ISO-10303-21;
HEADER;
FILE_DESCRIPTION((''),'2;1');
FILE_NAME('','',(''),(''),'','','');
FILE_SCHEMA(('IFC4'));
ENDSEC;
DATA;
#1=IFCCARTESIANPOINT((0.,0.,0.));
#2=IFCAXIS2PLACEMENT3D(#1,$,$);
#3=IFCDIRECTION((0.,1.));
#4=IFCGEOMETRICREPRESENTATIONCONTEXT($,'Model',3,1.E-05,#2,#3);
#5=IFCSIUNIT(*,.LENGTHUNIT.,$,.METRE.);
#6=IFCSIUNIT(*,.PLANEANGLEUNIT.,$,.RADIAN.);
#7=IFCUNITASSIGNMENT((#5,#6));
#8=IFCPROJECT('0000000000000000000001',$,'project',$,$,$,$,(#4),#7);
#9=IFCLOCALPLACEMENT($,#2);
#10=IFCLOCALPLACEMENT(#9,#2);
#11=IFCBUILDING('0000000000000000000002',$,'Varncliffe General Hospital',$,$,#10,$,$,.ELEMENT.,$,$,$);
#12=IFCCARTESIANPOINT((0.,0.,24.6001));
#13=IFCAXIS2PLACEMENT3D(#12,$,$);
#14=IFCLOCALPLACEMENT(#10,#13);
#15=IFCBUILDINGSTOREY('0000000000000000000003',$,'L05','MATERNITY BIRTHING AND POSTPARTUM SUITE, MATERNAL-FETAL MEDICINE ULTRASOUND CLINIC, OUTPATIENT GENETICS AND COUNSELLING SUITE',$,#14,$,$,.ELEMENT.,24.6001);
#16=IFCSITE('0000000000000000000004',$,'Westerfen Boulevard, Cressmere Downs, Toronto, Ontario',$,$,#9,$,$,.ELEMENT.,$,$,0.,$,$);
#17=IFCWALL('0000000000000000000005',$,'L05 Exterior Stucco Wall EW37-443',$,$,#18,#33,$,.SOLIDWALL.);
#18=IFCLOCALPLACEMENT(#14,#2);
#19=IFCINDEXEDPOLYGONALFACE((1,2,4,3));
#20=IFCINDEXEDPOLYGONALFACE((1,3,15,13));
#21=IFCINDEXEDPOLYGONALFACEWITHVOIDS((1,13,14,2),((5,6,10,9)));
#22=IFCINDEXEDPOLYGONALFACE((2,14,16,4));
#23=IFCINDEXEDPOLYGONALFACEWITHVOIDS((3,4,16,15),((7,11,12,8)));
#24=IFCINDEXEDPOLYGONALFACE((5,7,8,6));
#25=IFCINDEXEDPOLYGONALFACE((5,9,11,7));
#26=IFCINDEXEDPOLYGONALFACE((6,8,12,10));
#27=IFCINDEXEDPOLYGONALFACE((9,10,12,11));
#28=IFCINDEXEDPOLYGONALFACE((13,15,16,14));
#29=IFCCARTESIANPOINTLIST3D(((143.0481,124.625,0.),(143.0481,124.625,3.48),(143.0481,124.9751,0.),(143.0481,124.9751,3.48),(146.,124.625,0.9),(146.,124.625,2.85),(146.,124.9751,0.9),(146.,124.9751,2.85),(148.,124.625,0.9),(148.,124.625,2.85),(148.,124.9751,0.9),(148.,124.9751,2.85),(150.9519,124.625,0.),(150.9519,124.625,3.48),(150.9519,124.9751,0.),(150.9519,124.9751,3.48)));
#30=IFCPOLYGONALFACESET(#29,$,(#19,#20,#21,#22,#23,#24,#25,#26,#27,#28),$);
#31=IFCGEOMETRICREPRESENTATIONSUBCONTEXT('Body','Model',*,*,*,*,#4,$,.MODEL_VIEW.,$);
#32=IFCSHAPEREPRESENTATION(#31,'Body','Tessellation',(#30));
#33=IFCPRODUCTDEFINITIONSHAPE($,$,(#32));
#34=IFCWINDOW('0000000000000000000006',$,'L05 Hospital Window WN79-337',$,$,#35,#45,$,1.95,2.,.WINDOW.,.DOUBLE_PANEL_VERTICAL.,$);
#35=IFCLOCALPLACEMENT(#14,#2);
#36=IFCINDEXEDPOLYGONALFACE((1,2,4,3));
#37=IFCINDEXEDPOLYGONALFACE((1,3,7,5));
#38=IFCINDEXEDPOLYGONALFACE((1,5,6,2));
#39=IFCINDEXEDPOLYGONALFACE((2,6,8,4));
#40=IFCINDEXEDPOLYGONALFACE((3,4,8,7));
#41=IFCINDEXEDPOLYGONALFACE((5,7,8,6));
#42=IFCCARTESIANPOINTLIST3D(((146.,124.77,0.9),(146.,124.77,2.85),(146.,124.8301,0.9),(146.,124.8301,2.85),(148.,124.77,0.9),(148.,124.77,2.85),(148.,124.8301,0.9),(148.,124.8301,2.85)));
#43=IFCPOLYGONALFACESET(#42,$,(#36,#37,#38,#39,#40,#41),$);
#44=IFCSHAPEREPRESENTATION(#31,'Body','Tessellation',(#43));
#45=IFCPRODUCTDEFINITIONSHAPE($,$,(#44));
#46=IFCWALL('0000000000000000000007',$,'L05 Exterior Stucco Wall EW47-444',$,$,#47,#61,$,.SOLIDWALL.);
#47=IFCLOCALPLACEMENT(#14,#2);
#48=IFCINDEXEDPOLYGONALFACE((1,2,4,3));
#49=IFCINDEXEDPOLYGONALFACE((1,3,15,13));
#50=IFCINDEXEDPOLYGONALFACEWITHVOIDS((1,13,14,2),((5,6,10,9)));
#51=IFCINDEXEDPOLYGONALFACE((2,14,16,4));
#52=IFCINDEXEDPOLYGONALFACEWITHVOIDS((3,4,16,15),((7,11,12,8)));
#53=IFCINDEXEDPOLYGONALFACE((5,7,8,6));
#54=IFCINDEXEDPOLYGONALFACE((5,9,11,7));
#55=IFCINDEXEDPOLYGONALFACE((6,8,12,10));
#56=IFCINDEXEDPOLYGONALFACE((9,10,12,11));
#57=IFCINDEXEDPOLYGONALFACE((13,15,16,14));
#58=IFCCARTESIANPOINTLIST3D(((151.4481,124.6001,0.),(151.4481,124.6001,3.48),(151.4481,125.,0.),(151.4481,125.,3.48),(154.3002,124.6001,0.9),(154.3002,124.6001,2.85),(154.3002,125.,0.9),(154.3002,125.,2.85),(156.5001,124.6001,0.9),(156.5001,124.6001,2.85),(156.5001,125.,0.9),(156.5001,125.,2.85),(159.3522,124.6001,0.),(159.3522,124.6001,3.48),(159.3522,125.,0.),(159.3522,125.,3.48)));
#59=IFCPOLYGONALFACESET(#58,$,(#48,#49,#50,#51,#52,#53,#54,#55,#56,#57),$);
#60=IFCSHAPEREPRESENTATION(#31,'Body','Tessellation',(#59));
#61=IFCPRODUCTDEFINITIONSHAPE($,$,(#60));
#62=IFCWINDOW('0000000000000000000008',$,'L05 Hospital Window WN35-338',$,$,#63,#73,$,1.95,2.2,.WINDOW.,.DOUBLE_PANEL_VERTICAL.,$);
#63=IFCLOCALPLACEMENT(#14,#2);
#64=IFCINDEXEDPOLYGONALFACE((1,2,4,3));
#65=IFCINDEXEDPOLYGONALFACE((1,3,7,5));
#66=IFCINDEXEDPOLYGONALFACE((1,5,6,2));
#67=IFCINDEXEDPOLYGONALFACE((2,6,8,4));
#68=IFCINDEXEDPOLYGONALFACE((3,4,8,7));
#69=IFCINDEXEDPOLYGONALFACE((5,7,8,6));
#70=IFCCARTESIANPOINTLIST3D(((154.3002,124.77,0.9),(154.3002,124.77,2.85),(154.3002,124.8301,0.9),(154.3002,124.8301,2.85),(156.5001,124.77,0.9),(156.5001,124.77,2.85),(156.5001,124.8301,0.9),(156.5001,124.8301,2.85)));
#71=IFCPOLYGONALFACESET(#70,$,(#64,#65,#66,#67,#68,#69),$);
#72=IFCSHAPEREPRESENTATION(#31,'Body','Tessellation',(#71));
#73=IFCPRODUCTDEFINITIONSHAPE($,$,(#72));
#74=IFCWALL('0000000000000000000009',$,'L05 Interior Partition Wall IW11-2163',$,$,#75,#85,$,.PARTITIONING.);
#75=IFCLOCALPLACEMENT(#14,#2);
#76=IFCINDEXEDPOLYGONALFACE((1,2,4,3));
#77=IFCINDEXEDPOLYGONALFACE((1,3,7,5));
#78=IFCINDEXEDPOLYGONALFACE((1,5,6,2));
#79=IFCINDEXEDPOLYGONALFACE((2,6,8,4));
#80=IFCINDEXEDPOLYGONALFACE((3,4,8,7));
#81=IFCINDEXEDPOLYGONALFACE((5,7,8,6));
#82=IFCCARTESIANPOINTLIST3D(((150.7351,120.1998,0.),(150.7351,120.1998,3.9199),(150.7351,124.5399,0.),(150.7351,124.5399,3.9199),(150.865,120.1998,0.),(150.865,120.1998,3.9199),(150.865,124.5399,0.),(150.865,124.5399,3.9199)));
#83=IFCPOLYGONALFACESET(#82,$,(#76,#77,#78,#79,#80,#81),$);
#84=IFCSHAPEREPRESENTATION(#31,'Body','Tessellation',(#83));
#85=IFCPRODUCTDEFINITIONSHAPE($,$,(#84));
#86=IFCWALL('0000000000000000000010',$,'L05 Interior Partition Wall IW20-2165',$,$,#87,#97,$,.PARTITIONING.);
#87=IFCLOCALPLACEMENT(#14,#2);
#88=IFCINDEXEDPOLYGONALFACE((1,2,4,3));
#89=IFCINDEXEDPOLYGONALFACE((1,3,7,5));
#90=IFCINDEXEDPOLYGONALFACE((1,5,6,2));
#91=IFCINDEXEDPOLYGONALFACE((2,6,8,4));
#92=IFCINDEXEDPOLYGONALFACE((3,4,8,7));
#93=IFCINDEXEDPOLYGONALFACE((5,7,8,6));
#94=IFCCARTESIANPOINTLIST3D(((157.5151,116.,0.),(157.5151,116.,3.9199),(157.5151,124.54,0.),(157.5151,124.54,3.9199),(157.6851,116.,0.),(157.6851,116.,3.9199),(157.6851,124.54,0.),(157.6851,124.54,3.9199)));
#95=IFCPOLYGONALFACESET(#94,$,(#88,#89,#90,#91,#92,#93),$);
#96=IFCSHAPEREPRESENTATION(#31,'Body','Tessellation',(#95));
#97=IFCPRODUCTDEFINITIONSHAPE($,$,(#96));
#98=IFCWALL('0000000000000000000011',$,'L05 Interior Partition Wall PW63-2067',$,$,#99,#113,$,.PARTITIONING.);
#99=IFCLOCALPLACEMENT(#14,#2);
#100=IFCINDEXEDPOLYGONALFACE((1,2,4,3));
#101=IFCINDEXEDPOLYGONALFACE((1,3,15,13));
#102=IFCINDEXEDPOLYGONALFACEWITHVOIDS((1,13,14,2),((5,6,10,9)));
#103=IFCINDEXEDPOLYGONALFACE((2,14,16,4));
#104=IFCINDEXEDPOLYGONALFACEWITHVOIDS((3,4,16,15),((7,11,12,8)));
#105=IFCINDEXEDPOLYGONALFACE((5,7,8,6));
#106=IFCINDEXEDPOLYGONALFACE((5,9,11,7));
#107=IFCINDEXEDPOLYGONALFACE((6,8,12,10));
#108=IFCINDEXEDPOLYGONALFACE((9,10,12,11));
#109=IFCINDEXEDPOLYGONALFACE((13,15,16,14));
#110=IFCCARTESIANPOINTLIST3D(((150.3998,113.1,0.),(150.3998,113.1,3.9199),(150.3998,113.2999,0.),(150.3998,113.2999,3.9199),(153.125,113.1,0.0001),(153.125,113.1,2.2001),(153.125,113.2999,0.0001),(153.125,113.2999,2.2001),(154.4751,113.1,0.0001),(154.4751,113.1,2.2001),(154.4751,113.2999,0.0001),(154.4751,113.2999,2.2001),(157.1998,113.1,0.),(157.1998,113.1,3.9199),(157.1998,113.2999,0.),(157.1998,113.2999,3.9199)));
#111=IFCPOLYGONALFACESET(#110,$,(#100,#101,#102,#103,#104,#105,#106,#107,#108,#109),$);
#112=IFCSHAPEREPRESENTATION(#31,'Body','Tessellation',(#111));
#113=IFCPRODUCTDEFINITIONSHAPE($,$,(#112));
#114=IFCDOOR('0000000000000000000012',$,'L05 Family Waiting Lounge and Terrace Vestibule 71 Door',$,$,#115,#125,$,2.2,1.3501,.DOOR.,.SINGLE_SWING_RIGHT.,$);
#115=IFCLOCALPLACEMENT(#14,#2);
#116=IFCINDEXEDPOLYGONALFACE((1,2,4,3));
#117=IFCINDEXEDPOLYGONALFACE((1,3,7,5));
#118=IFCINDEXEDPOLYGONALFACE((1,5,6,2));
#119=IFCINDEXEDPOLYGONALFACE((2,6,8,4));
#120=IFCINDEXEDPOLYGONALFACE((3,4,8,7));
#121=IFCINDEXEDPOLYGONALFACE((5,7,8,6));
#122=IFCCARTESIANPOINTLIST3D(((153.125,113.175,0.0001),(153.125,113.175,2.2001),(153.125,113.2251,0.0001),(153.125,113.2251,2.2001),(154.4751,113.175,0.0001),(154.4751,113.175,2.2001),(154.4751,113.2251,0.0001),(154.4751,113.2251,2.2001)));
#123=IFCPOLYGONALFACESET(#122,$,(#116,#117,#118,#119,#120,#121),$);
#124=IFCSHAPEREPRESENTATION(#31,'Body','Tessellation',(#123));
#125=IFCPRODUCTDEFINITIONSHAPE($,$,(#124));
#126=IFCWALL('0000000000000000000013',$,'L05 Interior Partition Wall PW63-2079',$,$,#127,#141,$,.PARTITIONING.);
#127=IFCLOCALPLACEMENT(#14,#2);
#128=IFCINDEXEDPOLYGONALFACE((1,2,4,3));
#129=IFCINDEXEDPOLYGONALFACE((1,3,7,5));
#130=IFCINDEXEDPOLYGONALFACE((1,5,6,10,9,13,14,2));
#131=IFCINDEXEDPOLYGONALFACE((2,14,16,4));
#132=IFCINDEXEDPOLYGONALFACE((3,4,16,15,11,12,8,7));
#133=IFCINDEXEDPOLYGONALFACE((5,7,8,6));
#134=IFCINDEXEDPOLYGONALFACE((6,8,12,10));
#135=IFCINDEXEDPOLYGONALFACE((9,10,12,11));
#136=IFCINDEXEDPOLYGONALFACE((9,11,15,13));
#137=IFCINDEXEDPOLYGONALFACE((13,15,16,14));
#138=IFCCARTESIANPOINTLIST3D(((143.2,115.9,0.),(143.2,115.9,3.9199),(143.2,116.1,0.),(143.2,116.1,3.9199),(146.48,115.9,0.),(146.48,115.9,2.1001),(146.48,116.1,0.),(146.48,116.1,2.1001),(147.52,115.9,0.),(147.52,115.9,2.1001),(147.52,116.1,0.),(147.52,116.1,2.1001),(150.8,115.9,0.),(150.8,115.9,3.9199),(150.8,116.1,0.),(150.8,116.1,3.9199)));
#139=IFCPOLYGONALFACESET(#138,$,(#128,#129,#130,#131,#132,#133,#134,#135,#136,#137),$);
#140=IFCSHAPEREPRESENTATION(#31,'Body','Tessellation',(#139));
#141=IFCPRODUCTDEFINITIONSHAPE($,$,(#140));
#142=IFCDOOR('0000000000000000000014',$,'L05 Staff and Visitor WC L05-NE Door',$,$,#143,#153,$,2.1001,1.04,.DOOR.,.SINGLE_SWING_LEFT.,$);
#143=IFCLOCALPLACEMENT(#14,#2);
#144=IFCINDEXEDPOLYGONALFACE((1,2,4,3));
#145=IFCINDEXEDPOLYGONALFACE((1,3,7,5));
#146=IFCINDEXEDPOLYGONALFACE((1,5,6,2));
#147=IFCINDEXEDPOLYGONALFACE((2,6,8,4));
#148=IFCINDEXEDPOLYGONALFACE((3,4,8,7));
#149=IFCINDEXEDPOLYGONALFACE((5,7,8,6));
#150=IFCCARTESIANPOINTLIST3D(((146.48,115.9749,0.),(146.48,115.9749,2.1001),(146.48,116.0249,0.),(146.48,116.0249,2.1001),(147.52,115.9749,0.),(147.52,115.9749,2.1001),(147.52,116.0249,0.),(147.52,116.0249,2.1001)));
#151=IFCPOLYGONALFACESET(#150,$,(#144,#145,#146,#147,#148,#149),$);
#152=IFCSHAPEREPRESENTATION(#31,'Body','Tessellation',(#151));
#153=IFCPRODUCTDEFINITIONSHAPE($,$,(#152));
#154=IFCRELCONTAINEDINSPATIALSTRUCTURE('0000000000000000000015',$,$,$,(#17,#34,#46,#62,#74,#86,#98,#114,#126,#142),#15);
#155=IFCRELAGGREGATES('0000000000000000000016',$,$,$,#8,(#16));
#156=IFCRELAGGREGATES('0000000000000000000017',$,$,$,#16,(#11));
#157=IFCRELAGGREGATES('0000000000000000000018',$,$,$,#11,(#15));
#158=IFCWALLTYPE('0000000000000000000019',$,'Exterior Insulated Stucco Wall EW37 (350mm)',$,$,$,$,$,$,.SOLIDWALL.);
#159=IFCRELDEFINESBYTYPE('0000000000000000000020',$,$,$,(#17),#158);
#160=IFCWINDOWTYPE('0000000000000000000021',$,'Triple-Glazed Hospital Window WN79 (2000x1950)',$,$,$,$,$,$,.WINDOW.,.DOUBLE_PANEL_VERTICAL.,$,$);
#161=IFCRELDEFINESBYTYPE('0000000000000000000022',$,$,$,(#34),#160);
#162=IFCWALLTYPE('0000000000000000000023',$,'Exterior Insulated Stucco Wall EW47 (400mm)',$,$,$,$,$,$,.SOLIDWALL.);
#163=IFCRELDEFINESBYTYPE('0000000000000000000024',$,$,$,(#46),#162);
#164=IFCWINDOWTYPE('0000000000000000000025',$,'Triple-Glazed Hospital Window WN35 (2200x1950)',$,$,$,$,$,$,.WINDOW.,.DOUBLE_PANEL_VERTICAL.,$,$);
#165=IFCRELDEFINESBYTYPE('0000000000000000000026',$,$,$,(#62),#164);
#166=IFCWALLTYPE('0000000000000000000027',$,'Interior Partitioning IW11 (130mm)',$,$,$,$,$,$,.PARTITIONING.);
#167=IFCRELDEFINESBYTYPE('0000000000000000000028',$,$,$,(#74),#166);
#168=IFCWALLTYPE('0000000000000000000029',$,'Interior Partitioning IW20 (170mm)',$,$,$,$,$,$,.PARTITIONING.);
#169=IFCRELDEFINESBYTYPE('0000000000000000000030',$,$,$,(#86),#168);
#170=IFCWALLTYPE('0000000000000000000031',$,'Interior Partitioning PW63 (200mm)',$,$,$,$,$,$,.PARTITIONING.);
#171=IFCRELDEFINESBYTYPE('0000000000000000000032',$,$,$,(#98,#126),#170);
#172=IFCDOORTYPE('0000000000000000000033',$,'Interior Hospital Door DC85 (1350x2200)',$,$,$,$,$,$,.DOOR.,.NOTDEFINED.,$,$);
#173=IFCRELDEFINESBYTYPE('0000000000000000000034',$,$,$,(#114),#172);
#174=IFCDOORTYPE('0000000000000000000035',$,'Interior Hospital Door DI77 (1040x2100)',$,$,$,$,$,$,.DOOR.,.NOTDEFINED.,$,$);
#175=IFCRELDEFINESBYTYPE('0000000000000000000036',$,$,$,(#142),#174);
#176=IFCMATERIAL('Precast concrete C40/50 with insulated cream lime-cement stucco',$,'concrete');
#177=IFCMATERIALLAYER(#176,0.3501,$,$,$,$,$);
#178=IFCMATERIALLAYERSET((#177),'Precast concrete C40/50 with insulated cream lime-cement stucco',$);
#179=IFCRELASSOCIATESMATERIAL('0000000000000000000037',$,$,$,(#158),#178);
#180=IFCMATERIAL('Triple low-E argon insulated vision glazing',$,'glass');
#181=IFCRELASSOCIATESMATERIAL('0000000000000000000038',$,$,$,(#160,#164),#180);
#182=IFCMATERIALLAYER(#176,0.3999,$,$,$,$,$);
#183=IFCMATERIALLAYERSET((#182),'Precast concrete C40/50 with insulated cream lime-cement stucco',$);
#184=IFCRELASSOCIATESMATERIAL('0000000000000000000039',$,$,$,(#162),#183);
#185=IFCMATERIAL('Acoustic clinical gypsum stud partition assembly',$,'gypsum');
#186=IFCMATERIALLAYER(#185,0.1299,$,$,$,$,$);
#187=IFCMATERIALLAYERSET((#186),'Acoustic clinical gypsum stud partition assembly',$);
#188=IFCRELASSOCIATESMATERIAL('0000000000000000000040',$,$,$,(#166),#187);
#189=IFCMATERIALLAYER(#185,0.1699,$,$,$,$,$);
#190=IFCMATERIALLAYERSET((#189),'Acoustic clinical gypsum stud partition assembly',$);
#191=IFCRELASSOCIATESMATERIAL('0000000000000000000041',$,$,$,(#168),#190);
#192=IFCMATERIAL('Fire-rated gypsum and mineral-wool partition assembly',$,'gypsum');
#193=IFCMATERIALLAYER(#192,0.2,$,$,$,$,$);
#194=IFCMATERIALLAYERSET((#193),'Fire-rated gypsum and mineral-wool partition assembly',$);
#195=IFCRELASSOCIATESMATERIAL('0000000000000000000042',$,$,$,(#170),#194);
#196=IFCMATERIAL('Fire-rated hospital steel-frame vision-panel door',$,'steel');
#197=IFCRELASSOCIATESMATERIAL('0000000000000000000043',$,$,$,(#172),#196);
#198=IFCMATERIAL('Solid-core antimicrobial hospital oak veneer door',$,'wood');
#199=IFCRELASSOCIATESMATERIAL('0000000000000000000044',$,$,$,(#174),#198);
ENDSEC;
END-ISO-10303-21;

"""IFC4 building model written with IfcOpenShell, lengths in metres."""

from ifc_helpers import new_model, si_unit, direction, frame, frame_2d, origin, place, context, subcontext, project, spatial, rectangle, extrude, material, layer, layer_set, type_object, element, fill, save


model = new_model("IFC4")

# Units and contexts
model_context = context("Model", 3, precision=1e-05, world=origin(), true_north=direction((0.0, 1.0)))
body_context = subcontext(model_context, "Body", "Model", "MODEL_VIEW")
ifc_project = project(units=[si_unit("LENGTHUNIT", "METRE"), si_unit("PLANEANGLEUNIT", "RADIAN")], contexts=[model_context])

# Site, building, storey
site_placement = place(None, origin())
site = spatial("IfcSite", under=ifc_project, at=site_placement, Name="Westerfen Boulevard, Cressmere Downs, Toronto, Ontario", CompositionType="ELEMENT", RefElevation=0.0)
building_placement = place(site_placement, origin())
building = spatial("IfcBuilding", under=site, at=building_placement, Name="Varncliffe General Hospital", CompositionType="ELEMENT")
storey_placement = place(building_placement, frame((0.0, 0.0, 24.6001)))
storey = spatial("IfcBuildingStorey", under=building, at=storey_placement, Name="L05", Description="MATERNITY BIRTHING AND POSTPARTUM SUITE, MATERNAL-FETAL MEDICINE ULTRASOUND CLINIC, OUTPATIENT GENETICS AND COUNSELLING SUITE", CompositionType="ELEMENT", Elevation=24.6001)

# Walls, openings, windows
ifc_material_1 = material(Name="Precast concrete C40/50 with insulated cream lime-cement stucco", Category="concrete")
ifc_layer_1 = layer(ifc_material_1, 0.3501)
ifc_layer_set_1 = layer_set([ifc_layer_1], Name="Precast concrete C40/50 with insulated cream lime-cement stucco")
wall_type_1 = type_object("IfcWallType", Name="Exterior Insulated Stucco Wall EW37 (350mm)", PredefinedType="SOLIDWALL", material=ifc_layer_set_1)
wall_1_placement = place(storey_placement, frame((143.0481, 124.8, 0.0), z_axis=(0.0, 0.0, 1.0), x_axis=(1.0, 0.0, 0.0)))
wall_1 = element("IfcWall", 1, at=wall_1_placement, inside=storey, type_object=wall_type_1, Name="L05 Exterior Stucco Wall EW37-443", PredefinedType="SOLIDWALL", context=body_context, shape_type="SweptSolid", body=[
    extrude(rectangle(XDim=7.9038, YDim=0.3501, at=frame_2d((3.9519, 0.0))), origin(), (0.0, 0.0, 1.0), 3.48),
])
opening_1_placement = place(wall_1_placement, frame((2.9519, 0.0, 0.8999)))
opening_1 = element("IfcOpeningElement", 2, at=opening_1_placement, cuts=wall_1, PredefinedType="OPENING", context=body_context, shape_type="SweptSolid", body=[
    extrude(rectangle(XDim=2.0, YDim=1.95, at=frame_2d((1.0, 0.9751))), frame((0.0, 0.1851, 0.0), z_axis=(0.0, -1.0, 0.0), x_axis=(1.0, 0.0, 0.0)), (0.0, 0.0, 1.0), 0.3701),
])
ifc_material_2 = material(Name="Triple low-E argon insulated vision glazing", Category="glass")
window_type_1 = type_object("IfcWindowType", Name="Triple-Glazed Hospital Window WN79 (2000x1950)", PartitioningType="DOUBLE_PANEL_VERTICAL", PredefinedType="WINDOW", material=ifc_material_2)
window_1_placement = place(opening_1_placement, origin())
window_1 = element("IfcWindow", 3, at=window_1_placement, inside=storey, type_object=window_type_1, Name="L05 Hospital Window WN79-337", OverallHeight=1.95, OverallWidth=2.0, PartitioningType="DOUBLE_PANEL_VERTICAL", PredefinedType="WINDOW", context=body_context, shape_type="SweptSolid", body=[
    extrude(rectangle(XDim=2.0, YDim=1.95, at=frame_2d((1.0, 0.9751))), frame((0.0, 0.03, 0.0), z_axis=(0.0, -1.0, 0.0), x_axis=(1.0, 0.0, 0.0)), (0.0, 0.0, 1.0), 0.0601),
])
fill(opening_1, window_1)
ifc_layer_2 = layer(ifc_material_1, 0.3999)
ifc_layer_set_2 = layer_set([ifc_layer_2], Name="Precast concrete C40/50 with insulated cream lime-cement stucco")
wall_type_2 = type_object("IfcWallType", Name="Exterior Insulated Stucco Wall EW47 (400mm)", PredefinedType="SOLIDWALL", material=ifc_layer_set_2)
wall_2_placement = place(storey_placement, frame((151.448, 124.8, 0.0), z_axis=(0.0, 0.0, 1.0), x_axis=(1.0, 0.0, 0.0)))
wall_2 = element("IfcWall", 4, at=wall_2_placement, inside=storey, type_object=wall_type_2, Name="L05 Exterior Stucco Wall EW47-444", PredefinedType="SOLIDWALL", context=body_context, shape_type="SweptSolid", body=[
    extrude(rectangle(XDim=7.9041, YDim=0.3999, at=frame_2d((3.9521, 0.0))), origin(), (0.0, 0.0, 1.0), 3.48),
])
opening_2_placement = place(wall_2_placement, frame((2.8521, 0.0, 0.8999)))
opening_2 = element("IfcOpeningElement", 5, at=opening_2_placement, cuts=wall_2, PredefinedType="OPENING", context=body_context, shape_type="SweptSolid", body=[
    extrude(rectangle(XDim=2.2, YDim=1.95, at=frame_2d((1.1001, 0.9751))), frame((0.0, 0.21, 0.0), z_axis=(0.0, -1.0, 0.0), x_axis=(1.0, 0.0, 0.0)), (0.0, 0.0, 1.0), 0.4199),
])
window_type_2 = type_object("IfcWindowType", Name="Triple-Glazed Hospital Window WN35 (2200x1950)", PartitioningType="DOUBLE_PANEL_VERTICAL", PredefinedType="WINDOW", material=ifc_material_2)
window_2_placement = place(opening_2_placement, origin())
window_2 = element("IfcWindow", 6, at=window_2_placement, inside=storey, type_object=window_type_2, Name="L05 Hospital Window WN35-338", OverallHeight=1.95, OverallWidth=2.2, PartitioningType="DOUBLE_PANEL_VERTICAL", PredefinedType="WINDOW", context=body_context, shape_type="SweptSolid", body=[
    extrude(rectangle(XDim=2.2, YDim=1.95, at=frame_2d((1.1001, 0.9751))), frame((0.0, 0.03, 0.0), z_axis=(0.0, -1.0, 0.0), x_axis=(1.0, 0.0, 0.0)), (0.0, 0.0, 1.0), 0.0601),
])
fill(opening_2, window_2)

# Walls
ifc_material_3 = material(Name="Acoustic clinical gypsum stud partition assembly", Category="gypsum")
ifc_layer_3 = layer(ifc_material_3, 0.1299)
ifc_layer_set_3 = layer_set([ifc_layer_3], Name="Acoustic clinical gypsum stud partition assembly")
wall_type_3 = type_object("IfcWallType", Name="Interior Partitioning IW11 (130mm)", PredefinedType="PARTITIONING", material=ifc_layer_set_3)
wall_3_placement = place(storey_placement, frame((150.8, 120.2, 0.0), z_axis=(0.0, 0.0, 1.0), x_axis=(0.0, 1.0, 0.0)))
element("IfcWall", 7, at=wall_3_placement, inside=storey, type_object=wall_type_3, Name="L05 Interior Partition Wall IW11-2163", PredefinedType="PARTITIONING", context=body_context, shape_type="SweptSolid", body=[
    extrude(rectangle(XDim=4.3401, YDim=0.1299, at=frame_2d((2.1699, 0.0))), origin(), (0.0, 0.0, 1.0), 3.9199),
])
ifc_layer_4 = layer(ifc_material_3, 0.1699)
ifc_layer_set_4 = layer_set([ifc_layer_4], Name="Acoustic clinical gypsum stud partition assembly")
wall_type_4 = type_object("IfcWallType", Name="Interior Partitioning IW20 (170mm)", PredefinedType="PARTITIONING", material=ifc_layer_set_4)
wall_4_placement = place(storey_placement, frame((157.6001, 116.0, 0.0), z_axis=(0.0, 0.0, 1.0), x_axis=(0.0, 1.0, 0.0)))
element("IfcWall", 8, at=wall_4_placement, inside=storey, type_object=wall_type_4, Name="L05 Interior Partition Wall IW20-2165", PredefinedType="PARTITIONING", context=body_context, shape_type="SweptSolid", body=[
    extrude(rectangle(XDim=8.54, YDim=0.1699, at=frame_2d((4.27, 0.0))), origin(), (0.0, 0.0, 1.0), 3.9199),
])

# Walls, openings, doors
ifc_material_4 = material(Name="Fire-rated gypsum and mineral-wool partition assembly", Category="gypsum")
ifc_layer_5 = layer(ifc_material_4, 0.2)
ifc_layer_set_5 = layer_set([ifc_layer_5], Name="Fire-rated gypsum and mineral-wool partition assembly")
wall_type_5 = type_object("IfcWallType", Name="Interior Partitioning PW63 (200mm)", PredefinedType="PARTITIONING", material=ifc_layer_set_5)
wall_5_placement = place(storey_placement, frame((150.3999, 113.2, 0.0), z_axis=(0.0, 0.0, 1.0), x_axis=(1.0, 0.0, 0.0)))
wall_5 = element("IfcWall", 9, at=wall_5_placement, inside=storey, type_object=wall_type_5, Name="L05 Interior Partition Wall PW63-2067", PredefinedType="PARTITIONING", context=body_context, shape_type="SweptSolid", body=[
    extrude(rectangle(XDim=6.8, YDim=0.2, at=frame_2d((3.3999, 0.0))), origin(), (0.0, 0.0, 1.0), 3.9199),
])
opening_3_placement = place(wall_5_placement, frame((2.7251, 0.0, 0.0)))
opening_3 = element("IfcOpeningElement", 10, at=opening_3_placement, cuts=wall_5, PredefinedType="OPENING", context=body_context, shape_type="SweptSolid", body=[
    extrude(rectangle(XDim=1.3501, YDim=2.2, at=frame_2d((0.675, 1.1001))), frame((0.0, 0.1099, 0.0), z_axis=(0.0, -1.0, 0.0), x_axis=(1.0, 0.0, 0.0)), (0.0, 0.0, 1.0), 0.22),
])
ifc_material_5 = material(Name="Fire-rated hospital steel-frame vision-panel door", Category="steel")
door_type_1 = type_object("IfcDoorType", Name="Interior Hospital Door DC85 (1350x2200)", OperationType="NOTDEFINED", PredefinedType="DOOR", material=ifc_material_5)
door_1_placement = place(opening_3_placement, frame((1.3501, 0.0, 0.0), z_axis=(0.0, 0.0, 1.0), x_axis=(-1.0, 0.0, 0.0)))
door_1 = element("IfcDoor", 11, at=door_1_placement, inside=storey, type_object=door_type_1, Name="L05 Family Waiting Lounge and Terrace Vestibule 71 Door", OperationType="SINGLE_SWING_RIGHT", OverallHeight=2.2, OverallWidth=1.3501, PredefinedType="DOOR", context=body_context, shape_type="SweptSolid", body=[
    extrude(rectangle(XDim=1.3501, YDim=2.2, at=frame_2d((0.675, 1.1001))), frame((0.0, 0.0249, 0.0), z_axis=(0.0, -1.0, 0.0), x_axis=(1.0, 0.0, 0.0)), (0.0, 0.0, 1.0), 0.05),
])
fill(opening_3, door_1)
wall_6_placement = place(storey_placement, frame((143.2, 116.0, 0.0), z_axis=(0.0, 0.0, 1.0), x_axis=(1.0, 0.0, 0.0)))
wall_6 = element("IfcWall", 12, at=wall_6_placement, inside=storey, type_object=wall_type_5, Name="L05 Interior Partition Wall PW63-2079", PredefinedType="PARTITIONING", context=body_context, shape_type="SweptSolid", body=[
    extrude(rectangle(XDim=7.6001, YDim=0.2, at=frame_2d((3.8, 0.0))), origin(), (0.0, 0.0, 1.0), 3.9199),
])
opening_4_placement = place(wall_6_placement, frame((3.28, 0.0, 0.0)))
opening_4 = element("IfcOpeningElement", 13, at=opening_4_placement, cuts=wall_6, PredefinedType="OPENING", context=body_context, shape_type="SweptSolid", body=[
    extrude(rectangle(XDim=1.04, YDim=2.1001, at=frame_2d((0.52, 1.05))), frame((0.0, 0.1099, 0.0), z_axis=(0.0, -1.0, 0.0), x_axis=(1.0, 0.0, 0.0)), (0.0, 0.0, 1.0), 0.22),
])
ifc_material_6 = material(Name="Solid-core antimicrobial hospital oak veneer door", Category="wood")
door_type_2 = type_object("IfcDoorType", Name="Interior Hospital Door DI77 (1040x2100)", OperationType="NOTDEFINED", PredefinedType="DOOR", material=ifc_material_6)
door_2_placement = place(opening_4_placement, origin())
door_2 = element("IfcDoor", 14, at=door_2_placement, inside=storey, type_object=door_type_2, Name="L05 Staff and Visitor WC L05-NE Door", OperationType="SINGLE_SWING_LEFT", OverallHeight=2.1001, OverallWidth=1.04, PredefinedType="DOOR", context=body_context, shape_type="SweptSolid", body=[
    extrude(rectangle(XDim=1.04, YDim=2.1001, at=frame_2d((0.52, 1.05))), frame((0.0, 0.0249, 0.0), z_axis=(0.0, -1.0, 0.0), x_axis=(1.0, 0.0, 0.0)), (0.0, 0.0, 1.0), 0.05),
])
fill(opening_4, door_2)

save(model, "model.ifc")
